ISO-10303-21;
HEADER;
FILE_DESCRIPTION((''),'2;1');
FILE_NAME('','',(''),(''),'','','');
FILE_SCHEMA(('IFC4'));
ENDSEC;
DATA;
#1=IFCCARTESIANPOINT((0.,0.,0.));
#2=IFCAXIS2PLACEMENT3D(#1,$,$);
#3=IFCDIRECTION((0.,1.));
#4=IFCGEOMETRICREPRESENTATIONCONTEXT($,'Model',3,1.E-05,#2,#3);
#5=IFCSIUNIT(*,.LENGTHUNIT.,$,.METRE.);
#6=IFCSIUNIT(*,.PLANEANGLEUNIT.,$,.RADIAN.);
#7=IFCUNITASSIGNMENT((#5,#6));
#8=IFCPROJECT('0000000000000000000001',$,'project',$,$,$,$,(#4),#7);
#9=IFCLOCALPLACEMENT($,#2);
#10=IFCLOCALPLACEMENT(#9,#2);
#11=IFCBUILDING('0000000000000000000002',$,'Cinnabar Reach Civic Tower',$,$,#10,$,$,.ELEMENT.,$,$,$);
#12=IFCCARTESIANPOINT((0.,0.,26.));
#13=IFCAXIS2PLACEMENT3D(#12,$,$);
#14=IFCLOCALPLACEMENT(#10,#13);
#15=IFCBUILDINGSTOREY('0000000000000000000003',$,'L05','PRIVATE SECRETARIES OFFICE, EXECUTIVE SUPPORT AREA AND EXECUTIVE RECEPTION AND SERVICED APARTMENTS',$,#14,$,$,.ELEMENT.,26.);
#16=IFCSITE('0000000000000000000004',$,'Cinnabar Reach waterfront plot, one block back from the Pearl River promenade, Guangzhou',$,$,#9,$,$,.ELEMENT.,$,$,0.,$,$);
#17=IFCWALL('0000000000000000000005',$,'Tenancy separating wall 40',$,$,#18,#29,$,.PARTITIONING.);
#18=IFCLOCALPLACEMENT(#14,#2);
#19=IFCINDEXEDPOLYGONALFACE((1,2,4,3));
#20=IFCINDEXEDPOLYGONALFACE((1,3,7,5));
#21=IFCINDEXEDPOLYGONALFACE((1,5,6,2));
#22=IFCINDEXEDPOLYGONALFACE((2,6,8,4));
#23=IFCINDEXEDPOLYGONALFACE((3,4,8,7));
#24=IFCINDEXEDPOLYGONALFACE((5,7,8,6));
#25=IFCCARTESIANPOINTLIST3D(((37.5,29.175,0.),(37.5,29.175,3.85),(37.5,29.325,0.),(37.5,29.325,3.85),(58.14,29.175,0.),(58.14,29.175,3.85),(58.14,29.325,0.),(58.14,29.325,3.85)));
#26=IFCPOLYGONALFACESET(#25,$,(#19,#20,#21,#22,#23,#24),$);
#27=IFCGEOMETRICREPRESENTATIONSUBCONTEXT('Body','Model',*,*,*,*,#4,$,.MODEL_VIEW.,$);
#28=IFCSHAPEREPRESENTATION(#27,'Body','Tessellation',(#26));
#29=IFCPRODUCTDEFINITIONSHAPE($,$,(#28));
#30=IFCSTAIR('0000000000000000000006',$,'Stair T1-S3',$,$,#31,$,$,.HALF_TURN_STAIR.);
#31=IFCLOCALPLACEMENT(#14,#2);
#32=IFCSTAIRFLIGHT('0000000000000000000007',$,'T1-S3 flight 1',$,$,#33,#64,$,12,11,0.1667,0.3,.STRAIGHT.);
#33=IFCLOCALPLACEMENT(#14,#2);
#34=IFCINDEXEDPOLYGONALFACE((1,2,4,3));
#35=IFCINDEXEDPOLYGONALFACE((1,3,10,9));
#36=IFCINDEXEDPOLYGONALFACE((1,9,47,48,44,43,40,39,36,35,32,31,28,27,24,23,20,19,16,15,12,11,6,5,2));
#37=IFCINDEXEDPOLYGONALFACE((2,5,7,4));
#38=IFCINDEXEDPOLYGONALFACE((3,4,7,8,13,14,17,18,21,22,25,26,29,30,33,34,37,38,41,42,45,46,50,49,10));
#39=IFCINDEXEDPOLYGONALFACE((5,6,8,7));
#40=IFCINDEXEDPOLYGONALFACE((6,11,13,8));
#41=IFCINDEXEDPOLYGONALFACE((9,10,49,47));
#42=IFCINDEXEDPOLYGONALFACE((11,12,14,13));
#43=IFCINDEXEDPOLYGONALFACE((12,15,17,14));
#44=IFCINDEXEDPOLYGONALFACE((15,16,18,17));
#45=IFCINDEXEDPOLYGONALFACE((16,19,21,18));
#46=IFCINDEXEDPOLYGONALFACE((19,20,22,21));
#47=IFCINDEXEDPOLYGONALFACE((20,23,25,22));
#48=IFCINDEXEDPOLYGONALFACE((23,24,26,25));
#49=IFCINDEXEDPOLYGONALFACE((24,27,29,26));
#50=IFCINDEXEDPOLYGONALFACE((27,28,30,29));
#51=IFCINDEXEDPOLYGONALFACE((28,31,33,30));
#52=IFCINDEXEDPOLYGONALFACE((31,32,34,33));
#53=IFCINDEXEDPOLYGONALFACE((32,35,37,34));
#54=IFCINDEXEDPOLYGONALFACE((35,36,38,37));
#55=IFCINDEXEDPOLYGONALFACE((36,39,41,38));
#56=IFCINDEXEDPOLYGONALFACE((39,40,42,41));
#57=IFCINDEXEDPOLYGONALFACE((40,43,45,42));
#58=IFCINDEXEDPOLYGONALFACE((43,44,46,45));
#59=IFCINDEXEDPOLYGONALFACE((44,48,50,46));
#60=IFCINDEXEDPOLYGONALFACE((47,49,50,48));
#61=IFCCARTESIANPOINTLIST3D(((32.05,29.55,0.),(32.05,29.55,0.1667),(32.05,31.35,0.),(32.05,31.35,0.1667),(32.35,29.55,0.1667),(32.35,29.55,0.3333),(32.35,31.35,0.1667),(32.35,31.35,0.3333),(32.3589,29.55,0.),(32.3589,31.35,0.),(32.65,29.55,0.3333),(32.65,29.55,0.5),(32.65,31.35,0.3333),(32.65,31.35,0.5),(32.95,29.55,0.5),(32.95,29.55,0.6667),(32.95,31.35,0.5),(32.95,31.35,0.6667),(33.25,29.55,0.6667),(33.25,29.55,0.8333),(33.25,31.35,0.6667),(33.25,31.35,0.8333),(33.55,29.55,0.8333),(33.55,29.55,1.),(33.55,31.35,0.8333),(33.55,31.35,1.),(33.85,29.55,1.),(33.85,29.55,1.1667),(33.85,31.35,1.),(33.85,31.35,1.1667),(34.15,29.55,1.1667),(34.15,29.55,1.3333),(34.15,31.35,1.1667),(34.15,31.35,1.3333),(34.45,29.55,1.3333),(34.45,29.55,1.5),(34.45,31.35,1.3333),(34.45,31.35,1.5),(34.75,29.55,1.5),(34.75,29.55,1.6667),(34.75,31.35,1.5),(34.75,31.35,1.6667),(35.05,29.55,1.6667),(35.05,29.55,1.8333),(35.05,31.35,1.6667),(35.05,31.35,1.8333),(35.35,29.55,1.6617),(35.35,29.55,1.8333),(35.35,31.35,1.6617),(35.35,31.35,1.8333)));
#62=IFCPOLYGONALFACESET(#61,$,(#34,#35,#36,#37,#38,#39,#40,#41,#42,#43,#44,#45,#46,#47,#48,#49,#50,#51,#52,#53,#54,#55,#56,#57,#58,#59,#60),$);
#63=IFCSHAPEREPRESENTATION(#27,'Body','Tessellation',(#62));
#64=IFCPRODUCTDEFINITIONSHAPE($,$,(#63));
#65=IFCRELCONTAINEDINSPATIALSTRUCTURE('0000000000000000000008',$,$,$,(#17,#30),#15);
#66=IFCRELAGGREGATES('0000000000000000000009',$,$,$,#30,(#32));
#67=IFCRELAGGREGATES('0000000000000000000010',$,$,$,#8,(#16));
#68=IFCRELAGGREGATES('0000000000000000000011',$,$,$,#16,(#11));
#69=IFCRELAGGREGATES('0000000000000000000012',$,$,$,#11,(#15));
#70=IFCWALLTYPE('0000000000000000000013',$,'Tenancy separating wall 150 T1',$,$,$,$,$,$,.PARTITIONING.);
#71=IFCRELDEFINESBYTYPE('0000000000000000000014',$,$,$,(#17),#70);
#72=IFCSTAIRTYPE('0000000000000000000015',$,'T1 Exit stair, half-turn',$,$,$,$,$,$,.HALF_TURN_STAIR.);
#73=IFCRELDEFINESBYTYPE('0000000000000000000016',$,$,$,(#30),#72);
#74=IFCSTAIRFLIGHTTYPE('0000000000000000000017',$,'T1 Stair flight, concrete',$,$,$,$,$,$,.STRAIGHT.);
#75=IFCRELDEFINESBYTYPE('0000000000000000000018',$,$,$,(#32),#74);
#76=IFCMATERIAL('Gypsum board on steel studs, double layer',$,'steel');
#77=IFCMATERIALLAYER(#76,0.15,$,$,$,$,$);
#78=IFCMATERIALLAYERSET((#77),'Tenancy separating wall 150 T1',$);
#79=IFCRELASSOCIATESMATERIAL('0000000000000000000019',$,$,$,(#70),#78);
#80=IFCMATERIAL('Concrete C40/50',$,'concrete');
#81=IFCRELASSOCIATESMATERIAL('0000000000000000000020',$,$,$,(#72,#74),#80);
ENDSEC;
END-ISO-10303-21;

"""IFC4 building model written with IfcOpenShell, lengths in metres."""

from ifc_helpers import new_model, si_unit, direction, frame, frame_2d, origin, place, context, subcontext, project, spatial, polyline, rectangle, outline, extrude, material, layer, layer_set, type_object, element, aggregate, save


model = new_model("IFC4")

# Units and contexts
model_context = context("Model", 3, precision=1e-05, world=origin(), true_north=direction((0.0, 1.0)))
body_context = subcontext(model_context, "Body", "Model", "MODEL_VIEW")
ifc_project = project(units=[si_unit("LENGTHUNIT", "METRE"), si_unit("PLANEANGLEUNIT", "RADIAN")], contexts=[model_context])

# Site, building, storey
site_placement = place(None, origin())
site = spatial("IfcSite", under=ifc_project, at=site_placement, Name="Cinnabar Reach waterfront plot, one block back from the Pearl River promenade, Guangzhou", CompositionType="ELEMENT", RefElevation=0.0)
building_placement = place(site_placement, origin())
building = spatial("IfcBuilding", under=site, at=building_placement, Name="Cinnabar Reach Civic Tower", CompositionType="ELEMENT")
storey_placement = place(building_placement, frame((0.0, 0.0, 26.0)))
storey = spatial("IfcBuildingStorey", under=building, at=storey_placement, Name="L05", Description="PRIVATE SECRETARIES OFFICE, EXECUTIVE SUPPORT AREA AND EXECUTIVE RECEPTION AND SERVICED APARTMENTS", CompositionType="ELEMENT", Elevation=26.0)

# Shared definitions
ifc_material_1 = material(Name="Gypsum board on steel studs, double layer", Category="steel")

# Wall
ifc_layer_1 = layer(ifc_material_1, 0.15)
ifc_layer_set_1 = layer_set([ifc_layer_1], Name="Tenancy separating wall 150 T1")
wall_type_1 = type_object("IfcWallType", Name="Tenancy separating wall 150 T1", PredefinedType="PARTITIONING", material=ifc_layer_set_1)
wall_1_placement = place(storey_placement, frame((37.5, 29.25, 0.0), z_axis=(0.0, 0.0, 1.0), x_axis=(1.0, 0.0, 0.0)))
element("IfcWall", 1, at=wall_1_placement, inside=storey, type_object=wall_type_1, Name="Tenancy separating wall 40", PredefinedType="PARTITIONING", context=body_context, shape_type="SweptSolid", body=[
    extrude(rectangle(XDim=20.64, YDim=0.15, at=frame_2d((10.32, 0.0))), origin(), (0.0, 0.0, 1.0), 3.85),
])

# Stair, stair flight
ifc_material_2 = material(Name="Concrete C40/50", Category="concrete")
stair_type = type_object("IfcStairType", Name="T1 Exit stair, half-turn", PredefinedType="HALF_TURN_STAIR", material=ifc_material_2)
stair_placement = place(storey_placement, origin())
stair = element("IfcStair", 2, at=stair_placement, inside=storey, type_object=stair_type, Name="Stair T1-S3", PredefinedType="HALF_TURN_STAIR")
stair_flight_type = type_object("IfcStairFlightType", Name="T1 Stair flight, concrete", PredefinedType="STRAIGHT", material=ifc_material_2)
stair_flight_placement = place(storey_placement, frame((32.05, 30.45, 0.0), z_axis=(0.0, 0.0, 1.0), x_axis=(1.0, 0.0, 0.0)))
stair_flight = element("IfcStairFlight", 3, at=stair_flight_placement, type_object=stair_flight_type, Name="T1-S3 flight 1", NumberOfRisers=12, NumberOfTreads=11, PredefinedType="STRAIGHT", RiserHeight=0.1667, TreadLength=0.3, context=body_context, shape_type="SweptSolid", body=[
    extrude(outline(polyline([(0.0, 0.0), (0.0, 0.1667), (0.3, 0.1667), (0.3, 0.3333), (0.6, 0.3333), (0.6, 0.5), (0.9, 0.5), (0.9, 0.6667), (1.2, 0.6667), (1.2, 0.8333), (1.5, 0.8333), (1.5, 1.0), (1.8, 1.0), (1.8, 1.1667), (2.1, 1.1667), (2.1, 1.3333), (2.4, 1.3333), (2.4, 1.5), (2.7, 1.5), (2.7, 1.6667), (3.0, 1.6667), (3.0, 1.8333), (3.3, 1.8333), (3.3, 2.0), (3.3, 1.6617), (0.3089, 0.0), (0.0, 0.0)])), frame((0.0, 0.9, 0.0), z_axis=(0.0, -1.0, 0.0), x_axis=(1.0, 0.0, 0.0)), (0.0, 0.0, 1.0), 1.8),
])
aggregate(stair, [stair_flight])

save(model, "model.ifc")
